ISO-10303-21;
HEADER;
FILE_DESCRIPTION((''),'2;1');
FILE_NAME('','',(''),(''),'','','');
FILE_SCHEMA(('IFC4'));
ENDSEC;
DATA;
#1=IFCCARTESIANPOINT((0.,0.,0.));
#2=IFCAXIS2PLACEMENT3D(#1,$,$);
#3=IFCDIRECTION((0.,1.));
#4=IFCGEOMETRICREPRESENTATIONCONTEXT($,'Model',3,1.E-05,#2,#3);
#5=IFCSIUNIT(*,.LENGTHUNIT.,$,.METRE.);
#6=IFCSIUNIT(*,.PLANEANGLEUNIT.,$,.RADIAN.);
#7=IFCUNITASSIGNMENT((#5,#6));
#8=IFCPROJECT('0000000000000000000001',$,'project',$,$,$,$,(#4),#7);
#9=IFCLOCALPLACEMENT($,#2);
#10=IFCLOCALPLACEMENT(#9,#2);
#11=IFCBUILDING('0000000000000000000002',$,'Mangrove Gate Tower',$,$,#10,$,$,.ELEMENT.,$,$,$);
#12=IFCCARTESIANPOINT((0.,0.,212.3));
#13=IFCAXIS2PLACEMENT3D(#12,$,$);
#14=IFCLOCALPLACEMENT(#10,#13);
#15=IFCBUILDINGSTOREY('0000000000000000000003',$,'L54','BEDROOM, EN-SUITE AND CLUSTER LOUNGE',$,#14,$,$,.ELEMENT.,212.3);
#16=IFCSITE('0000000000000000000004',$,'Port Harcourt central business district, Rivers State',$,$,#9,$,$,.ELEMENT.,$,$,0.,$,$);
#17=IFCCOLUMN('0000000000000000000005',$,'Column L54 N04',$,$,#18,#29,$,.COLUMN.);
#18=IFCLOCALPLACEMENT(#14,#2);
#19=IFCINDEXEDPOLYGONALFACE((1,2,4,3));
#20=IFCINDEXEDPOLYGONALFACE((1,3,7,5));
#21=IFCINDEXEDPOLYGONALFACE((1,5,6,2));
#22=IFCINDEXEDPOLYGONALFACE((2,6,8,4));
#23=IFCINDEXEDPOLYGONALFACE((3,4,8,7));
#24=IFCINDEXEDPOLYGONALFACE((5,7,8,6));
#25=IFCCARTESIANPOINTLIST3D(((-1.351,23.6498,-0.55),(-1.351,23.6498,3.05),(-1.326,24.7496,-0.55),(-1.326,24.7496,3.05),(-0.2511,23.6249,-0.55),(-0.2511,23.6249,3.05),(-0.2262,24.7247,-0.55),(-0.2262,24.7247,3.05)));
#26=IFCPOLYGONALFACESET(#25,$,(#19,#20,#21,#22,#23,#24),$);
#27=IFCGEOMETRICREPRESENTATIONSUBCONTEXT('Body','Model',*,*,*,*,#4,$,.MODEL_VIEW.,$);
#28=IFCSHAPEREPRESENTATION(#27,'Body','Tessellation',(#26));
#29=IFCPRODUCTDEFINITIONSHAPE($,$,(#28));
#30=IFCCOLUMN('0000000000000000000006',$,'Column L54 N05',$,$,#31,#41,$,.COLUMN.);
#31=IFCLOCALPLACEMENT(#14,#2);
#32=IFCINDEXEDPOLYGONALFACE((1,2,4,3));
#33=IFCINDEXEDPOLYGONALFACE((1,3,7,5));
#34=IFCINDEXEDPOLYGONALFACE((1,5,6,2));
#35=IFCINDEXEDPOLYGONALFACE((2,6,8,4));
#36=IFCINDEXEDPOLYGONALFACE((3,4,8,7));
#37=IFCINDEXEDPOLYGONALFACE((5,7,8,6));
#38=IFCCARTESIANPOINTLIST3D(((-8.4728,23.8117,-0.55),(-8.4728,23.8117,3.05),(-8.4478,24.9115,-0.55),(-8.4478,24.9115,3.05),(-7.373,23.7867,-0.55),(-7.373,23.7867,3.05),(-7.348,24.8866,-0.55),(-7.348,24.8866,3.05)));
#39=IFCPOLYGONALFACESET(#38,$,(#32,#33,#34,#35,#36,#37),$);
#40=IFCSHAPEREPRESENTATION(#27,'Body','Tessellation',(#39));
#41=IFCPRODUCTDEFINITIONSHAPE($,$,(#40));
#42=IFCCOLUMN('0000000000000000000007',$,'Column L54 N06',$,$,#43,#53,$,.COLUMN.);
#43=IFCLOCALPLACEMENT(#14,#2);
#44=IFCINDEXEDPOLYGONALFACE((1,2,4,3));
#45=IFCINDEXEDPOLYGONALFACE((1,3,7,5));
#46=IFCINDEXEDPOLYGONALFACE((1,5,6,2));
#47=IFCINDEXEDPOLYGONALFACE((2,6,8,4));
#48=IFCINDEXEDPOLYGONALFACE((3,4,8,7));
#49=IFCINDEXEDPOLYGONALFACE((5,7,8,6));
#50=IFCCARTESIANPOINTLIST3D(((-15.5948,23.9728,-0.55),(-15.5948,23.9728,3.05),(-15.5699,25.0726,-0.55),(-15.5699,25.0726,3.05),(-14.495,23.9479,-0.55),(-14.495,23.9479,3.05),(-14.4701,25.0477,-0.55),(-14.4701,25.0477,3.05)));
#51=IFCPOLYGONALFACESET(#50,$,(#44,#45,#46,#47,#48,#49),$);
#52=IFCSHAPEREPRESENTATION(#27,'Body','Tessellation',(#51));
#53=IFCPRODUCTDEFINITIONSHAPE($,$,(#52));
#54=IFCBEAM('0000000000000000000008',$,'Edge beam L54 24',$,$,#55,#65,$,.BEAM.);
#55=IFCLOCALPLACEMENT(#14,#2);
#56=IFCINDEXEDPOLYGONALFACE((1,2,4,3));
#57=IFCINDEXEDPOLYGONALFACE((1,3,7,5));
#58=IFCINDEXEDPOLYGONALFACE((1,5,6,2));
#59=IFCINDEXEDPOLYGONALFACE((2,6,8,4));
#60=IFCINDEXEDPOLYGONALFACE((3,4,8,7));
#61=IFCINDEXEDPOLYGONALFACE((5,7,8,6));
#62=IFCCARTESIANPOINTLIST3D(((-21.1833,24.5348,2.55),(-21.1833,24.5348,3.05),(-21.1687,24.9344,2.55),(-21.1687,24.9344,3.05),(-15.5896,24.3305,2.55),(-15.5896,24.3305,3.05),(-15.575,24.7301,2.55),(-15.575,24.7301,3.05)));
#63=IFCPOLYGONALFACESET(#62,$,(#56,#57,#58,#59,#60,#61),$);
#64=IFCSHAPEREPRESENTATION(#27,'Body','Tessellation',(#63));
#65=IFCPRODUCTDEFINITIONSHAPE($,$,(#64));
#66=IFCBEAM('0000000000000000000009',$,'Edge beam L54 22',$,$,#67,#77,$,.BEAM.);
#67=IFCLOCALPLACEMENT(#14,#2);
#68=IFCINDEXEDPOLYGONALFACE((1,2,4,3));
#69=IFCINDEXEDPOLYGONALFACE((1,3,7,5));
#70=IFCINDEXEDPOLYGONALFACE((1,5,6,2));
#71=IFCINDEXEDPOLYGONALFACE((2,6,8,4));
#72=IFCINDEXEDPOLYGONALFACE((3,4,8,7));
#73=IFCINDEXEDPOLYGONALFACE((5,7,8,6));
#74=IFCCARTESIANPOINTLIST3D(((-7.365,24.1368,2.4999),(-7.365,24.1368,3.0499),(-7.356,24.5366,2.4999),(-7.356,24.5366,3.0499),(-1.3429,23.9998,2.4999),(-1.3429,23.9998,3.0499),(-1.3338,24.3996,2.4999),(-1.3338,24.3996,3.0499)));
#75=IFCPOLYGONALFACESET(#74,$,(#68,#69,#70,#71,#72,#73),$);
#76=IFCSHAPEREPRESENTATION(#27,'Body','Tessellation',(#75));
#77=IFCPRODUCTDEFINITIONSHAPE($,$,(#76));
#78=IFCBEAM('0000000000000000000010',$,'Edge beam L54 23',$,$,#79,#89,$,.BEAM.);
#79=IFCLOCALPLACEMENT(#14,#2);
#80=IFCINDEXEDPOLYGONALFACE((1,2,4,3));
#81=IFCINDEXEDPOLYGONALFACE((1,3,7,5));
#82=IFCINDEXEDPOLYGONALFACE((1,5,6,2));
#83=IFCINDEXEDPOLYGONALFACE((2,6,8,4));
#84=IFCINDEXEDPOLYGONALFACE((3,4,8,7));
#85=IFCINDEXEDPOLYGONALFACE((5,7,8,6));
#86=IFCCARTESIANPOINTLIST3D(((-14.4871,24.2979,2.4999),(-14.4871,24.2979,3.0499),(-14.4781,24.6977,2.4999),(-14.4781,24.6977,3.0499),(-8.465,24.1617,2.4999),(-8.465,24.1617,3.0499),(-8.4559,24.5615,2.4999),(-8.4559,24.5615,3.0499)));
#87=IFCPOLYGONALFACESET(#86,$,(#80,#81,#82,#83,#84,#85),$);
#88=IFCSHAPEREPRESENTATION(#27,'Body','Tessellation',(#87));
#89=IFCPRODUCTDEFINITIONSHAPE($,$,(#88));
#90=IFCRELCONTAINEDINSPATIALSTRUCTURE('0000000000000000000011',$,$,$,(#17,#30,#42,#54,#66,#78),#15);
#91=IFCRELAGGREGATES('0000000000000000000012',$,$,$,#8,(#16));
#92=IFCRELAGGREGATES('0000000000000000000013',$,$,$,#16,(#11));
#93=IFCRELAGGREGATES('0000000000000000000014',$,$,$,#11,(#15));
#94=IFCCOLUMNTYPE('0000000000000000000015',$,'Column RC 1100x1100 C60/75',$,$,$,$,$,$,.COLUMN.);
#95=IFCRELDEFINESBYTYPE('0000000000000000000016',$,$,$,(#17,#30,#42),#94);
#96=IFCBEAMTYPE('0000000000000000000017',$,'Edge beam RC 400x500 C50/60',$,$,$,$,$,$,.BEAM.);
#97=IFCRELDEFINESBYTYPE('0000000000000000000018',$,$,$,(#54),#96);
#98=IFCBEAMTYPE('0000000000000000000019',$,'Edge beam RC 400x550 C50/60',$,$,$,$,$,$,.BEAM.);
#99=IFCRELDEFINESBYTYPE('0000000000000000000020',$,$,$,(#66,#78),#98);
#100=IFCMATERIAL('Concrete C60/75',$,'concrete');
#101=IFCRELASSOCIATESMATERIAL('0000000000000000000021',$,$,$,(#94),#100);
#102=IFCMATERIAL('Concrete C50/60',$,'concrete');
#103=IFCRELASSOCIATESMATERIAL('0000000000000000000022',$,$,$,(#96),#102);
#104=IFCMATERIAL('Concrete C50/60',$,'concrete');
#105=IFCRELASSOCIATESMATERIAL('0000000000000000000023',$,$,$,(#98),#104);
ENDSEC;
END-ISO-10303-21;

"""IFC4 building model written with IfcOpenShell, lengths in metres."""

from ifc_helpers import new_model, si_unit, direction, frame, origin, origin_2d, place, context, subcontext, project, spatial, rectangle, extrude, material, material_profile, profile_set, type_object, element, save


model = new_model("IFC4")

# Units and contexts
model_context = context("Model", 3, precision=1e-05, world=origin(), true_north=direction((0.0, 1.0)))
body_context = subcontext(model_context, "Body", "Model", "MODEL_VIEW")
ifc_project = project(units=[si_unit("LENGTHUNIT", "METRE"), si_unit("PLANEANGLEUNIT", "RADIAN")], contexts=[model_context])

# Site, building, storey
site_placement = place(None, origin())
site = spatial("IfcSite", under=ifc_project, at=site_placement, Name="Port Harcourt central business district, Rivers State", CompositionType="ELEMENT", RefElevation=0.0)
building_placement = place(site_placement, origin())
building = spatial("IfcBuilding", under=site, at=building_placement, Name="Mangrove Gate Tower", CompositionType="ELEMENT")
storey_placement = place(building_placement, frame((0.0, 0.0, 212.3)))
storey = spatial("IfcBuildingStorey", under=building, at=storey_placement, Name="L54", Description="BEDROOM, EN-SUITE AND CLUSTER LOUNGE", CompositionType="ELEMENT", Elevation=212.3)

# Columns
ifc_material_1 = material(Name="Concrete C60/75", Category="concrete")
ifc_material_profile_1 = material_profile(ifc_material_1, rectangle(XDim=1.1001, YDim=1.1001, at=origin_2d()))
ifc_profile_set_1 = profile_set([ifc_material_profile_1], Name="Concrete C60/75")
column_type = type_object("IfcColumnType", Name="Column RC 1100x1100 C60/75", PredefinedType="COLUMN", material=ifc_profile_set_1)
for number, where, z_axis, x_axis, name in (
    (1, (-0.7886, 24.1873, -0.55), (0.0, 0.0, 1.0), (-0.999743, 0.02267, 0.0), "Column L54 N04"),
    (2, (-7.9104, 24.3491, -0.55), (0.0, 0.0, 1.0), (-0.999743, 0.02267, 0.0), "Column L54 N05"),
    (3, (-15.0325, 24.5103, -0.55), (0.0, 0.0, 1.0), (-0.999743, 0.02267, 0.0), "Column L54 N06"),
):
    element("IfcColumn", number, at=place(storey_placement, frame(where, z_axis=z_axis, x_axis=x_axis)), inside=storey, type_object=column_type, Name=name, PredefinedType="COLUMN", context=body_context, shape_type="SweptSolid", body=[
        extrude(rectangle(XDim=1.1001, YDim=1.1001, at=origin_2d()), origin(), (0.0, 0.0, 1.0), 3.6001),
    ])

# Beams
ifc_material_2 = material(Name="Concrete C50/60", Category="concrete")
ifc_material_profile_2 = material_profile(ifc_material_2, rectangle(XDim=0.3999, YDim=0.5, at=origin_2d()))
ifc_profile_set_2 = profile_set([ifc_material_profile_2], Name="Concrete C50/60")
beam_type_1 = type_object("IfcBeamType", Name="Edge beam RC 400x500 C50/60", PredefinedType="BEAM", material=ifc_profile_set_2)
beam_placement = place(storey_placement, frame((-15.5823, 24.5303, 2.8), z_axis=(-0.999333, 0.036507, 0.0), x_axis=(-0.036507, -0.999333, 0.0)))
element("IfcBeam", 4, at=beam_placement, inside=storey, type_object=beam_type_1, Name="Edge beam L54 24", PredefinedType="BEAM", context=body_context, shape_type="SweptSolid", body=[
    extrude(rectangle(XDim=0.3999, YDim=0.5, at=origin_2d()), origin(), (0.0, 0.0, 1.0), 5.5974),
])
ifc_material_3 = material(Name="Concrete C50/60", Category="concrete")
ifc_material_profile_3 = material_profile(ifc_material_3, rectangle(XDim=0.3999, YDim=0.55, at=origin_2d()))
ifc_profile_set_3 = profile_set([ifc_material_profile_3], Name="Concrete C50/60")
beam_type_2 = type_object("IfcBeamType", Name="Edge beam RC 400x550 C50/60", PredefinedType="BEAM", material=ifc_profile_set_3)
for number, where, z_axis, x_axis, name in (
    (5, (-1.3384, 24.1997, 2.7749), (-0.999741, 0.022737, 0.0), (-0.022737, -0.999741, 0.0), "Edge beam L54 22"),
    (6, (-8.4604, 24.3616, 2.7749), (-0.999744, 0.022616, 0.0), (-0.022616, -0.999744, 0.0), "Edge beam L54 23"),
):
    element("IfcBeam", number, at=place(storey_placement, frame(where, z_axis=z_axis, x_axis=x_axis)), inside=storey, type_object=beam_type_2, Name=name, PredefinedType="BEAM", context=body_context, shape_type="SweptSolid", body=[
        extrude(rectangle(XDim=0.3999, YDim=0.55, at=origin_2d()), origin(), (0.0, 0.0, 1.0), 6.0237),
    ])

save(model, "model.ifc")
